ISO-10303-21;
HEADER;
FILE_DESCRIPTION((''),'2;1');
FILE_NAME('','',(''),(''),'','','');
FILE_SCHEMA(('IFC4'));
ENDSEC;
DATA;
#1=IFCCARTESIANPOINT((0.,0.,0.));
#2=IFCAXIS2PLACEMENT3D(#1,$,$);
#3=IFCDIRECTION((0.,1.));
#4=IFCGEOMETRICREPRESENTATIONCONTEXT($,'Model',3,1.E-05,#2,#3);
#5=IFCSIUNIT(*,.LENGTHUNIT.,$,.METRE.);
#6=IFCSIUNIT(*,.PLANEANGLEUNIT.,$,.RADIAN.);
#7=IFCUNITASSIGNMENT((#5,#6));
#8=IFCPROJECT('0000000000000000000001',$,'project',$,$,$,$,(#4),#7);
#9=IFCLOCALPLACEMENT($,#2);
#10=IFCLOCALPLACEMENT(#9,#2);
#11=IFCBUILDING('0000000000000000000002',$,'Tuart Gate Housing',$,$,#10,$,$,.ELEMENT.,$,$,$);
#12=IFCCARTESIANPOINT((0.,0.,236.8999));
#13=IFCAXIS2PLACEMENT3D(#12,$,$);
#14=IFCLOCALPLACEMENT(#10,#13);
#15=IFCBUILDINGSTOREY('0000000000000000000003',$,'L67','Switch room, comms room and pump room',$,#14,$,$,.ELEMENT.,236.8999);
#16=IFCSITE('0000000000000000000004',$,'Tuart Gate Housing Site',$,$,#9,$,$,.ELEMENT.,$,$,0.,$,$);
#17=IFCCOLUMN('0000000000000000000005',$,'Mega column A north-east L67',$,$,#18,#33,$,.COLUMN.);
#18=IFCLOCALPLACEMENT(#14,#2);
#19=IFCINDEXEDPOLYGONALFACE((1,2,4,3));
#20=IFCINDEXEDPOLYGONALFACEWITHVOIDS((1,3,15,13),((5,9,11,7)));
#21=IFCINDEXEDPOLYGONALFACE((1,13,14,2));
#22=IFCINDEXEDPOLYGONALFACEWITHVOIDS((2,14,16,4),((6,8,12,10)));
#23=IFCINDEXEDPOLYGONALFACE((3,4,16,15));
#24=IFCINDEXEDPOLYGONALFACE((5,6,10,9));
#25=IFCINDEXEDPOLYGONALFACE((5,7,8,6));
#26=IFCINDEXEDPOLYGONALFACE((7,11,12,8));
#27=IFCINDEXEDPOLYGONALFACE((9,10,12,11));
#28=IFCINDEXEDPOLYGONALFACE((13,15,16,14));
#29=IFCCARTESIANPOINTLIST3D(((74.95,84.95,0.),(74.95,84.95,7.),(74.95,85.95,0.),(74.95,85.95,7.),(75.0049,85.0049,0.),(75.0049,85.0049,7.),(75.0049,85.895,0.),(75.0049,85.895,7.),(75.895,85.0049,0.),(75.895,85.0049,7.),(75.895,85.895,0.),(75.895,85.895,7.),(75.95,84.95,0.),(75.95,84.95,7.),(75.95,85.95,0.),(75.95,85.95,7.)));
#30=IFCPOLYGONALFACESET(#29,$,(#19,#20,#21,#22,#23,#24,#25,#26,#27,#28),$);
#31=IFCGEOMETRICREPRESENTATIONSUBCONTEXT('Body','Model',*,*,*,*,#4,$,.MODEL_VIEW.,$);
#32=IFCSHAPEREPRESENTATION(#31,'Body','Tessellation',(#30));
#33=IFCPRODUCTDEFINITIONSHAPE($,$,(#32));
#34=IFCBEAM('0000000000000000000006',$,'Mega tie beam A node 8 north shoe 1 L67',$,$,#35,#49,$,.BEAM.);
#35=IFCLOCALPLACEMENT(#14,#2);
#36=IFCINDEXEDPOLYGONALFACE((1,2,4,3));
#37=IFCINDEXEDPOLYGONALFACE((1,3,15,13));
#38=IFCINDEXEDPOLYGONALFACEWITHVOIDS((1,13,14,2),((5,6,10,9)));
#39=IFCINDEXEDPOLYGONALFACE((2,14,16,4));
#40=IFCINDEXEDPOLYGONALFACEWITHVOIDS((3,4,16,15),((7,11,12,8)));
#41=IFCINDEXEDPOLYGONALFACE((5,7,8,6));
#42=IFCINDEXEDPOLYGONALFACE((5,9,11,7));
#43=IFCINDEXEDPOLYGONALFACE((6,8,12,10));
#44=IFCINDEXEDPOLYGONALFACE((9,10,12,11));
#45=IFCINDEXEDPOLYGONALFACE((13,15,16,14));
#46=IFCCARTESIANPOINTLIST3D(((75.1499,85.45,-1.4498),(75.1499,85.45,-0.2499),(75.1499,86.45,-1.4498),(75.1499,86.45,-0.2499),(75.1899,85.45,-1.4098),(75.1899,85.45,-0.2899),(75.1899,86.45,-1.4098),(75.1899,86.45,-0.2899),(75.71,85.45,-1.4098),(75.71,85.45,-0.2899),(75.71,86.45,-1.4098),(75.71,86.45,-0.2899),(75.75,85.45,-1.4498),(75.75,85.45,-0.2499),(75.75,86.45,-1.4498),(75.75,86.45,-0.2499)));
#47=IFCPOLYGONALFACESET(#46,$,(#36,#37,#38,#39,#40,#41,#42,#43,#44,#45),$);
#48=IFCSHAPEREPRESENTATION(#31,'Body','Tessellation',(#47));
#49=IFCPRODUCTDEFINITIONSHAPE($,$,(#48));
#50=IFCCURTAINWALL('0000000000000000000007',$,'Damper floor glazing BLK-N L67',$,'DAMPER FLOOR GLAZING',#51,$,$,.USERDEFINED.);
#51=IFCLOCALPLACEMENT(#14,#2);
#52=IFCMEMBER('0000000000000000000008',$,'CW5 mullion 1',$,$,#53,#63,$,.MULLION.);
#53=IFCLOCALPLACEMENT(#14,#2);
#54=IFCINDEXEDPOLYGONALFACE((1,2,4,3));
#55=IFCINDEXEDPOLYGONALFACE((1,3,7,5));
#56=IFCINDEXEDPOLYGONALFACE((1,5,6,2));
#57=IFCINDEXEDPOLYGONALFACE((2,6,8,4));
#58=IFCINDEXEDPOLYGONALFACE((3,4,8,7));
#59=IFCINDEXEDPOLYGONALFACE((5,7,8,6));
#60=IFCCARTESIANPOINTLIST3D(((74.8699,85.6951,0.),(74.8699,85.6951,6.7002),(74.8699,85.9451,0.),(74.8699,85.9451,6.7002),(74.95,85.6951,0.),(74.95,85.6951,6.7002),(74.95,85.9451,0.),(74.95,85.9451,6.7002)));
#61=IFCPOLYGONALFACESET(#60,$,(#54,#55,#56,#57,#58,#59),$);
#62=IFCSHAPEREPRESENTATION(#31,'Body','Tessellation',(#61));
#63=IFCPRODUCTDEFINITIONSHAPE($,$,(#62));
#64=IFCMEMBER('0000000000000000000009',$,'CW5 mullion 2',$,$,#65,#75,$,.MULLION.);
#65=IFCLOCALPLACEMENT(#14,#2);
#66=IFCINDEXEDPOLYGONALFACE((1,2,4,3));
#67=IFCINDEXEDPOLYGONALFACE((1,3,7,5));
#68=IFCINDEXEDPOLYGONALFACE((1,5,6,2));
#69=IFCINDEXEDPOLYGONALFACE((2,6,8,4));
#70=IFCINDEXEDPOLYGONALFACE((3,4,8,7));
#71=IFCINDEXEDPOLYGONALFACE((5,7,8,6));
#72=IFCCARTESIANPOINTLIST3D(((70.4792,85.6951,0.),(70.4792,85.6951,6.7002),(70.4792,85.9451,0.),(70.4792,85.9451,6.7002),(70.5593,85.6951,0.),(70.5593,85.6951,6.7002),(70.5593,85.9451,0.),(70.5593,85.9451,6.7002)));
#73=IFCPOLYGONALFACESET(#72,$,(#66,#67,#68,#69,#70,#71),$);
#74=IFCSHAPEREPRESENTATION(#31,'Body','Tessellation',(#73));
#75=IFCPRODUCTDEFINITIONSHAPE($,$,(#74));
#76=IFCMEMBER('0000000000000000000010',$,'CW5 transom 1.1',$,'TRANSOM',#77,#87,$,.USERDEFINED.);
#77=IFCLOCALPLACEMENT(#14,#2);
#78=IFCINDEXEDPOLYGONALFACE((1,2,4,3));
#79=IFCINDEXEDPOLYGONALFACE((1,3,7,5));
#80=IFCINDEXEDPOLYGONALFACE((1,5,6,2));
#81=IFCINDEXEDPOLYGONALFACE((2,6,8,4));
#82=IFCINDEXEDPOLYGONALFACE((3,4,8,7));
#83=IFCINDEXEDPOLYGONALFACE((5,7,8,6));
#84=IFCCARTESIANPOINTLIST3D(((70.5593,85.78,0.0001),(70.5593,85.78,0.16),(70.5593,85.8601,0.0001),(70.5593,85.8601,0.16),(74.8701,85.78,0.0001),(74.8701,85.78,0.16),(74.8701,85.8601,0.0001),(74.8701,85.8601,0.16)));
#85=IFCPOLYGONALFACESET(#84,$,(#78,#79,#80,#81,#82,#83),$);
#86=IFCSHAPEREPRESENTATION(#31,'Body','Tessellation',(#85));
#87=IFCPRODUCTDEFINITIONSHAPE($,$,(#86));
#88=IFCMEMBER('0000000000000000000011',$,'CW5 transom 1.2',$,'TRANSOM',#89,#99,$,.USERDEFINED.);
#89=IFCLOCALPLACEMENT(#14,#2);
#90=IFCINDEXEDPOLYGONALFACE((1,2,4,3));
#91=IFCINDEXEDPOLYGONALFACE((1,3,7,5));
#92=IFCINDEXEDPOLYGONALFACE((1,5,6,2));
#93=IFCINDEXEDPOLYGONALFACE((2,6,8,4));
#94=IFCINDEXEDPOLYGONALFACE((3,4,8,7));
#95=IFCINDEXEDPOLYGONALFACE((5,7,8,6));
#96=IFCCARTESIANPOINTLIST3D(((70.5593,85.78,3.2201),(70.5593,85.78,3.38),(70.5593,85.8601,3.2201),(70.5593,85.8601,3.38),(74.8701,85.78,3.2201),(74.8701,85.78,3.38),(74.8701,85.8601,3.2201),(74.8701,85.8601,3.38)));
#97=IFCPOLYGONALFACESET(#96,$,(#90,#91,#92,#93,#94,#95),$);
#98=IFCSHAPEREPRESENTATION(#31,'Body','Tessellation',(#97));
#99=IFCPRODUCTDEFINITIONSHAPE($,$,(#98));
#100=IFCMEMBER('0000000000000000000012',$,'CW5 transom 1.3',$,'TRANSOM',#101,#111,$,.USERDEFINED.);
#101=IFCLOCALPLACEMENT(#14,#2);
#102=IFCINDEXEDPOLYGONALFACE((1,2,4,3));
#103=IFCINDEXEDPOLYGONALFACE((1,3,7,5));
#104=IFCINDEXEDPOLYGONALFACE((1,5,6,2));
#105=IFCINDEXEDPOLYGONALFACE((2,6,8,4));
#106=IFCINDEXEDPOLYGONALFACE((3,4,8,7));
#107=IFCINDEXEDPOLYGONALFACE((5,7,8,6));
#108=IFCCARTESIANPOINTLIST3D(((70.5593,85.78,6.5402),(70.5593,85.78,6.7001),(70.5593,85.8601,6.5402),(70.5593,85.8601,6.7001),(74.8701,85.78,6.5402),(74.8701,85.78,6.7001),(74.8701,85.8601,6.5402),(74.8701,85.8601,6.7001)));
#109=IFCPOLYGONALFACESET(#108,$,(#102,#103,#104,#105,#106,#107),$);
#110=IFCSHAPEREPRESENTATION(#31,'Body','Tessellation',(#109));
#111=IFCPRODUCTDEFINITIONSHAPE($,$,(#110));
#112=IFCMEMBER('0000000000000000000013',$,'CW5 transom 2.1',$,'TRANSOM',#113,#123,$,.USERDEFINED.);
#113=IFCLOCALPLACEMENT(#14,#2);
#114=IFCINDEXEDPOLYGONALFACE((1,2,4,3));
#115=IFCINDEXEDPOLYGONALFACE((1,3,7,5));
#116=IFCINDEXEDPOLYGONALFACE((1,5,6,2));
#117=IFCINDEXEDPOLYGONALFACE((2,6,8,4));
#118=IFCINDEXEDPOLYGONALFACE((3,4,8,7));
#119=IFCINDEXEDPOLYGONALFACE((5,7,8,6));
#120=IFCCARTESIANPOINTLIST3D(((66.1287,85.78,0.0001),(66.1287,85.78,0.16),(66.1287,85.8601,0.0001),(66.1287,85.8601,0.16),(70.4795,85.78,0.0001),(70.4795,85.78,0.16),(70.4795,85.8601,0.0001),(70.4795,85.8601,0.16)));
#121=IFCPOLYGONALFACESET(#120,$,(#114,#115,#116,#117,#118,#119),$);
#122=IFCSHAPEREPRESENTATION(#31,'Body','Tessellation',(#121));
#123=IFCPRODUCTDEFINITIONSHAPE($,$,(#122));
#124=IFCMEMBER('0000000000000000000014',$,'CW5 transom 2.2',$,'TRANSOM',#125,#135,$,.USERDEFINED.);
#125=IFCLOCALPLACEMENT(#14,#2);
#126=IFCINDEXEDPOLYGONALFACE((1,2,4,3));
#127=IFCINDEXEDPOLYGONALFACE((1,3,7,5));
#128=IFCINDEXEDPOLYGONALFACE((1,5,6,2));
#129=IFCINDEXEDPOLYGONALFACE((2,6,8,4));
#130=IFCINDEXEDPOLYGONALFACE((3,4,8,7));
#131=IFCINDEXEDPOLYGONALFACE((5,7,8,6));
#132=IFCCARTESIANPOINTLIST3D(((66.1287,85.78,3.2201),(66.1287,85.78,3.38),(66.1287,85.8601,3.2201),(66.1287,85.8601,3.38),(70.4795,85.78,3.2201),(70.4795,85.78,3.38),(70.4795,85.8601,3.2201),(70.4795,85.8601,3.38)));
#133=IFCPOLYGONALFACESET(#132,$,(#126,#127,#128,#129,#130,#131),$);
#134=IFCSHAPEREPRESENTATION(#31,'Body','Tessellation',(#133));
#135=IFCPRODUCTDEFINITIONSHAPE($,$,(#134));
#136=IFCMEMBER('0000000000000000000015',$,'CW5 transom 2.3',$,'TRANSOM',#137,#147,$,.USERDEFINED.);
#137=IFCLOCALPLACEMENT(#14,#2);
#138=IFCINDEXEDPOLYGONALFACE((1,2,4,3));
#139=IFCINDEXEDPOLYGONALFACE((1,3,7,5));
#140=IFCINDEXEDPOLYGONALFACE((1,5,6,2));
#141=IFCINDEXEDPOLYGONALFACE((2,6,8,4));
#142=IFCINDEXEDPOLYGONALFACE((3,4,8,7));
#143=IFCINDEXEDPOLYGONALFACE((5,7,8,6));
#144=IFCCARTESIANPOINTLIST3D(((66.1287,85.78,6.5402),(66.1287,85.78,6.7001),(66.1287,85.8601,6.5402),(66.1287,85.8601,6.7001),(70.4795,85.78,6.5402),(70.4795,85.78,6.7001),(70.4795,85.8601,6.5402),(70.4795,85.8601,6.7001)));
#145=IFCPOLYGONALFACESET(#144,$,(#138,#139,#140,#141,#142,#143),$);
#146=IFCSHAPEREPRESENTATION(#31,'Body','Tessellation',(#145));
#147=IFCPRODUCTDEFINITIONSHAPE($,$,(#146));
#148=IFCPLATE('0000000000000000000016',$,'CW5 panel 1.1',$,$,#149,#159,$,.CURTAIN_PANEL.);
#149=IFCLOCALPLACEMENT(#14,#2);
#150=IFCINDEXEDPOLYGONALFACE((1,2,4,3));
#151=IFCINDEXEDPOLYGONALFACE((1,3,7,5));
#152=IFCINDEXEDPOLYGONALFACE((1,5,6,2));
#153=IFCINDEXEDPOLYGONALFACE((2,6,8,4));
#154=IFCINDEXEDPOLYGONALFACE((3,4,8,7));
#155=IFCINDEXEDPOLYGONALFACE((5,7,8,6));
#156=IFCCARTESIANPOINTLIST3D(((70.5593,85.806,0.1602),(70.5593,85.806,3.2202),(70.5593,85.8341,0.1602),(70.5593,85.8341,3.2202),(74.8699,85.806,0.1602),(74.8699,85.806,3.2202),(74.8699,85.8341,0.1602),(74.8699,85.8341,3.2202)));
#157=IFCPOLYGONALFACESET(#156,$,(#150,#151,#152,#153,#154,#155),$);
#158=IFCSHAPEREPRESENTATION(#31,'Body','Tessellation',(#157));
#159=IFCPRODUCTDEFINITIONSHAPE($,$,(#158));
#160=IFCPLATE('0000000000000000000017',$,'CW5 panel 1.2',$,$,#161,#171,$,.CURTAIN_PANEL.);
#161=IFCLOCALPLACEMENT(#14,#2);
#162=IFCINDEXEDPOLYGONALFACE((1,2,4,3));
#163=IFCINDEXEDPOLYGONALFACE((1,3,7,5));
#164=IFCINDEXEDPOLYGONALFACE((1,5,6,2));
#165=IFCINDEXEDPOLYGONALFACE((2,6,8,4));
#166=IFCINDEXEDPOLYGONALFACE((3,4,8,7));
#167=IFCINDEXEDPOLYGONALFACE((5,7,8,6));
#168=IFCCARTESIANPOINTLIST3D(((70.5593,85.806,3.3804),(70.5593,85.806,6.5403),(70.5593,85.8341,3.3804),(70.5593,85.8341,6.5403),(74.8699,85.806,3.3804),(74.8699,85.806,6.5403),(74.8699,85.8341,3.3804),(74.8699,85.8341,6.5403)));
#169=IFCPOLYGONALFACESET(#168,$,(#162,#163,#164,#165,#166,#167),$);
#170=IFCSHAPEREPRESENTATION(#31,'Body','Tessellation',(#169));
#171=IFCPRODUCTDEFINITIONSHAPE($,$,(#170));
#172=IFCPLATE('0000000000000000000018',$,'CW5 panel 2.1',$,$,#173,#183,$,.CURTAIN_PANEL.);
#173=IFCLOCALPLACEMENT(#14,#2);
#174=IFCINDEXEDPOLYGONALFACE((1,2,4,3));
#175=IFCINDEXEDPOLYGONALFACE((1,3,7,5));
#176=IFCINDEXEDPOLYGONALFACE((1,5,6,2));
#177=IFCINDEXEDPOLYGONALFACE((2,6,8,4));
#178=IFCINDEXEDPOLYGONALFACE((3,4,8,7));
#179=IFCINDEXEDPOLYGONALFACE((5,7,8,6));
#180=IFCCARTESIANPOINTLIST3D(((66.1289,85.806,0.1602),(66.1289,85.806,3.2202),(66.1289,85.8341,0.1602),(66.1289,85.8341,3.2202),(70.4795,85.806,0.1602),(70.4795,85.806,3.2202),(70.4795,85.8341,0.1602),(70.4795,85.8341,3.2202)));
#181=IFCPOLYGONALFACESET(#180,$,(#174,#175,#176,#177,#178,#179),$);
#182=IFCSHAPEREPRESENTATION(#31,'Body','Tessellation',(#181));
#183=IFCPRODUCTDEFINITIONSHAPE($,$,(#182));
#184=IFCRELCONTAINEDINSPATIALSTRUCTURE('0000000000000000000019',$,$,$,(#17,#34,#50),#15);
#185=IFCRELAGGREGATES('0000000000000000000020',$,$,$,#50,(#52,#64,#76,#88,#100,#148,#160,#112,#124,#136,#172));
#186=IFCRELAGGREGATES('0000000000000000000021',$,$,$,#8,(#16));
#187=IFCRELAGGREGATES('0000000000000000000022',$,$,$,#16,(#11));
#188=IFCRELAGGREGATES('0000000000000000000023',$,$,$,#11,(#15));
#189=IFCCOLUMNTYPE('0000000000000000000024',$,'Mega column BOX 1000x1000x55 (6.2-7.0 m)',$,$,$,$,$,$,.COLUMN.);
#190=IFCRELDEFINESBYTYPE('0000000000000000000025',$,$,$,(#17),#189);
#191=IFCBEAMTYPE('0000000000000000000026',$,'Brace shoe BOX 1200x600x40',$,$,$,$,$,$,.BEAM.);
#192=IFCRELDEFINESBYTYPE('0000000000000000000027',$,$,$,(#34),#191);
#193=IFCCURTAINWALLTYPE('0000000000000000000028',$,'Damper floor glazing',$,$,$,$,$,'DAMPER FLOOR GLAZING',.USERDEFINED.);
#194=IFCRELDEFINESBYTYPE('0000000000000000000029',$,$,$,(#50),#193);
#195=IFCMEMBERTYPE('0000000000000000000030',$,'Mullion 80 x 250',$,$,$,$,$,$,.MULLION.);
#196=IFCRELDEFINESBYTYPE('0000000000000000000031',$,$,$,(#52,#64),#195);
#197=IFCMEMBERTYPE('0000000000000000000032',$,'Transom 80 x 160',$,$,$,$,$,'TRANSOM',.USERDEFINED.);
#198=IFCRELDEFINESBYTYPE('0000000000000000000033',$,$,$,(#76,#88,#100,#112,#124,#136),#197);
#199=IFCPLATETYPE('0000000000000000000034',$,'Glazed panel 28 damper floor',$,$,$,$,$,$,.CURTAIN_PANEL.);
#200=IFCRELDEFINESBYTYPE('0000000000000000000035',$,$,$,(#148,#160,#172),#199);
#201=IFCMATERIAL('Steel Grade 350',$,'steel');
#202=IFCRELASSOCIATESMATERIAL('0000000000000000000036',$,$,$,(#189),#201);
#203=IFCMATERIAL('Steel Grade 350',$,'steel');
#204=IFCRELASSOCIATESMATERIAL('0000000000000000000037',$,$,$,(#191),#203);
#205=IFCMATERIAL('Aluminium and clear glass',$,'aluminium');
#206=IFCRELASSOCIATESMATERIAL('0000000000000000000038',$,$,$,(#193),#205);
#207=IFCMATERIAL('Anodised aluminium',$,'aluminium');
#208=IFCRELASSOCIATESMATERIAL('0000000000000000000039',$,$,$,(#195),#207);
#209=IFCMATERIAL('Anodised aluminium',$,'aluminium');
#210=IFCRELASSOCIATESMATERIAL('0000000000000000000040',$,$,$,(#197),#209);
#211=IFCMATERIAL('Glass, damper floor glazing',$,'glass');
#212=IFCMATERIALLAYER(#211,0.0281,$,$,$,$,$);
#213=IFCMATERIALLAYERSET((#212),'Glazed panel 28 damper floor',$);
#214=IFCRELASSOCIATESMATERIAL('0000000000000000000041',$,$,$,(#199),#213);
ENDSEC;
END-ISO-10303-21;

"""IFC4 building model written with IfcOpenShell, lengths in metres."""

from ifc_helpers import new_model, si_unit, direction, frame, origin, origin_2d, place, context, subcontext, project, spatial, rectangle, hollow_rectangle, extrude, material, layer, layer_set, material_profile, profile_set, type_object, element, aggregate, save


model = new_model("IFC4")

# Units and contexts
model_context = context("Model", 3, precision=1e-05, world=origin(), true_north=direction((0.0, 1.0)))
body_context = subcontext(model_context, "Body", "Model", "MODEL_VIEW")
ifc_project = project(units=[si_unit("LENGTHUNIT", "METRE"), si_unit("PLANEANGLEUNIT", "RADIAN")], contexts=[model_context])

# Site, building, storey
site_placement = place(None, origin())
site = spatial("IfcSite", under=ifc_project, at=site_placement, Name="Tuart Gate Housing Site", CompositionType="ELEMENT", RefElevation=0.0)
building_placement = place(site_placement, origin())
building = spatial("IfcBuilding", under=site, at=building_placement, Name="Tuart Gate Housing", CompositionType="ELEMENT")
storey_placement = place(building_placement, frame((0.0, 0.0, 236.8999)))
storey = spatial("IfcBuildingStorey", under=building, at=storey_placement, Name="L67", Description="Switch room, comms room and pump room", CompositionType="ELEMENT", Elevation=236.8999)

# Column
ifc_material_1 = material(Name="Steel Grade 350", Category="steel")
ifc_material_profile_1 = material_profile(ifc_material_1, hollow_rectangle(XDim=1.0, YDim=1.0, WallThickness=0.0549, at=origin_2d()), Name="BOX 1000x1000x55")
ifc_profile_set_1 = profile_set([ifc_material_profile_1], Name="Steel Grade 350")
column_type = type_object("IfcColumnType", Name="Mega column BOX 1000x1000x55 (6.2-7.0 m)", PredefinedType="COLUMN", material=ifc_profile_set_1)
column_placement = place(storey_placement, frame((75.45, 85.45, 0.0), z_axis=(0.0, 0.0, 1.0), x_axis=(1.0, 0.0, 0.0)))
element("IfcColumn", 1, at=column_placement, inside=storey, type_object=column_type, Name="Mega column A north-east L67", PredefinedType="COLUMN", context=body_context, shape_type="SweptSolid", body=[
    extrude(hollow_rectangle(XDim=1.0, YDim=1.0, WallThickness=0.0549, at=origin_2d()), origin(), (0.0, 0.0, 1.0), 7.0),
])

# Beam
ifc_material_2 = material(Name="Steel Grade 350", Category="steel")
ifc_material_profile_2 = material_profile(ifc_material_2, hollow_rectangle(XDim=0.6001, YDim=1.2, WallThickness=0.04, at=origin_2d()), Name="BOX 1200x600x40")
ifc_profile_set_2 = profile_set([ifc_material_profile_2], Name="Steel Grade 350")
beam_type = type_object("IfcBeamType", Name="Brace shoe BOX 1200x600x40", PredefinedType="BEAM", material=ifc_profile_set_2)
beam_placement = place(storey_placement, frame((75.45, 85.45, -0.8499), z_axis=(0.0, 1.0, 0.0), x_axis=(-1.0, 0.0, 0.0)))
element("IfcBeam", 2, at=beam_placement, inside=storey, type_object=beam_type, Name="Mega tie beam A node 8 north shoe 1 L67", PredefinedType="BEAM", context=body_context, shape_type="SweptSolid", body=[
    extrude(hollow_rectangle(XDim=0.6001, YDim=1.2, WallThickness=0.04, at=origin_2d()), origin(), (0.0, 0.0, 1.0), 1.0),
])

# Curtain wall, members, plates
ifc_material_3 = material(Name="Aluminium and clear glass", Category="aluminium")
curtain_wall_type = type_object("IfcCurtainWallType", Name="Damper floor glazing", ElementType="DAMPER FLOOR GLAZING", PredefinedType="USERDEFINED", material=ifc_material_3)
curtain_wall_placement = place(storey_placement, origin())
curtain_wall = element("IfcCurtainWall", 3, at=curtain_wall_placement, inside=storey, type_object=curtain_wall_type, Name="Damper floor glazing BLK-N L67", ObjectType="DAMPER FLOOR GLAZING", PredefinedType="USERDEFINED")
ifc_material_4 = material(Name="Anodised aluminium", Category="aluminium")
ifc_material_profile_3 = material_profile(ifc_material_4, rectangle(XDim=0.0801, YDim=0.25, at=origin_2d()), Name="80x250")
ifc_profile_set_3 = profile_set([ifc_material_profile_3], Name="Anodised aluminium")
member_type_1 = type_object("IfcMemberType", Name="Mullion 80 x 250", PredefinedType="MULLION", material=ifc_profile_set_3)
member_1_placement = place(storey_placement, frame((74.9099, 85.8201, 0.0), z_axis=(0.0, 0.0, 1.0), x_axis=(-1.0, 0.0, 0.0)))
member_1 = element("IfcMember", 4, at=member_1_placement, type_object=member_type_1, Name="CW5 mullion 1", PredefinedType="MULLION", context=body_context, shape_type="SweptSolid", body=[
    extrude(rectangle(XDim=0.0801, YDim=0.25, at=origin_2d()), origin(), (0.0, 0.0, 1.0), 6.7002),
])
member_2_placement = place(storey_placement, frame((70.5193, 85.8201, 0.0), z_axis=(0.0, 0.0, 1.0), x_axis=(-1.0, 0.0, 0.0)))
member_2 = element("IfcMember", 5, at=member_2_placement, type_object=member_type_1, Name="CW5 mullion 2", PredefinedType="MULLION", context=body_context, shape_type="SweptSolid", body=[
    extrude(rectangle(XDim=0.0801, YDim=0.25, at=origin_2d()), origin(), (0.0, 0.0, 1.0), 6.7002),
])
ifc_material_5 = material(Name="Anodised aluminium", Category="aluminium")
ifc_material_profile_4 = material_profile(ifc_material_5, rectangle(XDim=0.0801, YDim=0.1599, at=origin_2d()), Name="80x160")
ifc_profile_set_4 = profile_set([ifc_material_profile_4], Name="Anodised aluminium")
member_type_2 = type_object("IfcMemberType", Name="Transom 80 x 160", ElementType="TRANSOM", PredefinedType="USERDEFINED", material=ifc_profile_set_4)
member_3_placement = place(storey_placement, frame((74.8701, 85.8201, 0.0801), z_axis=(-1.0, 0.0, 0.0), x_axis=(0.0, -1.0, 0.0)))
member_3 = element("IfcMember", 6, at=member_3_placement, type_object=member_type_2, Name="CW5 transom 1.1", ObjectType="TRANSOM", PredefinedType="USERDEFINED", context=body_context, shape_type="SweptSolid", body=[
    extrude(rectangle(XDim=0.0801, YDim=0.1599, at=origin_2d()), origin(), (0.0, 0.0, 1.0), 4.3108),
])
member_4_placement = place(storey_placement, frame((74.8701, 85.8201, 3.3), z_axis=(-1.0, 0.0, 0.0), x_axis=(0.0, -1.0, 0.0)))
member_4 = element("IfcMember", 7, at=member_4_placement, type_object=member_type_2, Name="CW5 transom 1.2", ObjectType="TRANSOM", PredefinedType="USERDEFINED", context=body_context, shape_type="SweptSolid", body=[
    extrude(rectangle(XDim=0.0801, YDim=0.1599, at=origin_2d()), origin(), (0.0, 0.0, 1.0), 4.3108),
])
member_5_placement = place(storey_placement, frame((74.8701, 85.8201, 6.6201), z_axis=(-1.0, 0.0, 0.0), x_axis=(0.0, -1.0, 0.0)))
member_5 = element("IfcMember", 8, at=member_5_placement, type_object=member_type_2, Name="CW5 transom 1.3", ObjectType="TRANSOM", PredefinedType="USERDEFINED", context=body_context, shape_type="SweptSolid", body=[
    extrude(rectangle(XDim=0.0801, YDim=0.1599, at=origin_2d()), origin(), (0.0, 0.0, 1.0), 4.3108),
])
member_6_placement = place(storey_placement, frame((70.4795, 85.8201, 0.0801), z_axis=(-1.0, 0.0, 0.0), x_axis=(0.0, -1.0, 0.0)))
member_6 = element("IfcMember", 9, at=member_6_placement, type_object=member_type_2, Name="CW5 transom 2.1", ObjectType="TRANSOM", PredefinedType="USERDEFINED", context=body_context, shape_type="SweptSolid", body=[
    extrude(rectangle(XDim=0.0801, YDim=0.1599, at=origin_2d()), origin(), (0.0, 0.0, 1.0), 4.3508),
])
member_7_placement = place(storey_placement, frame((70.4795, 85.8201, 3.3), z_axis=(-1.0, 0.0, 0.0), x_axis=(0.0, -1.0, 0.0)))
member_7 = element("IfcMember", 10, at=member_7_placement, type_object=member_type_2, Name="CW5 transom 2.2", ObjectType="TRANSOM", PredefinedType="USERDEFINED", context=body_context, shape_type="SweptSolid", body=[
    extrude(rectangle(XDim=0.0801, YDim=0.1599, at=origin_2d()), origin(), (0.0, 0.0, 1.0), 4.3508),
])
member_8_placement = place(storey_placement, frame((70.4795, 85.8201, 6.6201), z_axis=(-1.0, 0.0, 0.0), x_axis=(0.0, -1.0, 0.0)))
member_8 = element("IfcMember", 11, at=member_8_placement, type_object=member_type_2, Name="CW5 transom 2.3", ObjectType="TRANSOM", PredefinedType="USERDEFINED", context=body_context, shape_type="SweptSolid", body=[
    extrude(rectangle(XDim=0.0801, YDim=0.1599, at=origin_2d()), origin(), (0.0, 0.0, 1.0), 4.3508),
])
ifc_material_6 = material(Name="Glass, damper floor glazing", Category="glass")
ifc_layer_1 = layer(ifc_material_6, 0.0281)
ifc_layer_set_1 = layer_set([ifc_layer_1], Name="Glazed panel 28 damper floor")
plate_type = type_object("IfcPlateType", Name="Glazed panel 28 damper floor", PredefinedType="CURTAIN_PANEL", material=ifc_layer_set_1)
plate_1_placement = place(storey_placement, frame((72.7146, 85.8201, 0.1602), z_axis=(0.0, 0.0, 1.0), x_axis=(-1.0, 0.0, 0.0)))
plate_1 = element("IfcPlate", 12, at=plate_1_placement, type_object=plate_type, Name="CW5 panel 1.1", PredefinedType="CURTAIN_PANEL", context=body_context, shape_type="SweptSolid", body=[
    extrude(rectangle(XDim=4.3105, YDim=0.0281, at=origin_2d()), origin(), (0.0, 0.0, 1.0), 3.0601),
])
plate_2_placement = place(storey_placement, frame((72.7146, 85.8201, 3.3804), z_axis=(0.0, 0.0, 1.0), x_axis=(-1.0, 0.0, 0.0)))
plate_2 = element("IfcPlate", 13, at=plate_2_placement, type_object=plate_type, Name="CW5 panel 1.2", PredefinedType="CURTAIN_PANEL", context=body_context, shape_type="SweptSolid", body=[
    extrude(rectangle(XDim=4.3105, YDim=0.0281, at=origin_2d()), origin(), (0.0, 0.0, 1.0), 3.1599),
])
plate_3_placement = place(storey_placement, frame((68.3042, 85.8201, 0.1602), z_axis=(0.0, 0.0, 1.0), x_axis=(-1.0, 0.0, 0.0)))
plate_3 = element("IfcPlate", 14, at=plate_3_placement, type_object=plate_type, Name="CW5 panel 2.1", PredefinedType="CURTAIN_PANEL", context=body_context, shape_type="SweptSolid", body=[
    extrude(rectangle(XDim=4.3506, YDim=0.0281, at=origin_2d()), origin(), (0.0, 0.0, 1.0), 3.0601),
])
aggregate(curtain_wall, [member_1, member_2, member_3, member_4, member_5, plate_1, plate_2, member_6, member_7, member_8, plate_3])

save(model, "model.ifc")
